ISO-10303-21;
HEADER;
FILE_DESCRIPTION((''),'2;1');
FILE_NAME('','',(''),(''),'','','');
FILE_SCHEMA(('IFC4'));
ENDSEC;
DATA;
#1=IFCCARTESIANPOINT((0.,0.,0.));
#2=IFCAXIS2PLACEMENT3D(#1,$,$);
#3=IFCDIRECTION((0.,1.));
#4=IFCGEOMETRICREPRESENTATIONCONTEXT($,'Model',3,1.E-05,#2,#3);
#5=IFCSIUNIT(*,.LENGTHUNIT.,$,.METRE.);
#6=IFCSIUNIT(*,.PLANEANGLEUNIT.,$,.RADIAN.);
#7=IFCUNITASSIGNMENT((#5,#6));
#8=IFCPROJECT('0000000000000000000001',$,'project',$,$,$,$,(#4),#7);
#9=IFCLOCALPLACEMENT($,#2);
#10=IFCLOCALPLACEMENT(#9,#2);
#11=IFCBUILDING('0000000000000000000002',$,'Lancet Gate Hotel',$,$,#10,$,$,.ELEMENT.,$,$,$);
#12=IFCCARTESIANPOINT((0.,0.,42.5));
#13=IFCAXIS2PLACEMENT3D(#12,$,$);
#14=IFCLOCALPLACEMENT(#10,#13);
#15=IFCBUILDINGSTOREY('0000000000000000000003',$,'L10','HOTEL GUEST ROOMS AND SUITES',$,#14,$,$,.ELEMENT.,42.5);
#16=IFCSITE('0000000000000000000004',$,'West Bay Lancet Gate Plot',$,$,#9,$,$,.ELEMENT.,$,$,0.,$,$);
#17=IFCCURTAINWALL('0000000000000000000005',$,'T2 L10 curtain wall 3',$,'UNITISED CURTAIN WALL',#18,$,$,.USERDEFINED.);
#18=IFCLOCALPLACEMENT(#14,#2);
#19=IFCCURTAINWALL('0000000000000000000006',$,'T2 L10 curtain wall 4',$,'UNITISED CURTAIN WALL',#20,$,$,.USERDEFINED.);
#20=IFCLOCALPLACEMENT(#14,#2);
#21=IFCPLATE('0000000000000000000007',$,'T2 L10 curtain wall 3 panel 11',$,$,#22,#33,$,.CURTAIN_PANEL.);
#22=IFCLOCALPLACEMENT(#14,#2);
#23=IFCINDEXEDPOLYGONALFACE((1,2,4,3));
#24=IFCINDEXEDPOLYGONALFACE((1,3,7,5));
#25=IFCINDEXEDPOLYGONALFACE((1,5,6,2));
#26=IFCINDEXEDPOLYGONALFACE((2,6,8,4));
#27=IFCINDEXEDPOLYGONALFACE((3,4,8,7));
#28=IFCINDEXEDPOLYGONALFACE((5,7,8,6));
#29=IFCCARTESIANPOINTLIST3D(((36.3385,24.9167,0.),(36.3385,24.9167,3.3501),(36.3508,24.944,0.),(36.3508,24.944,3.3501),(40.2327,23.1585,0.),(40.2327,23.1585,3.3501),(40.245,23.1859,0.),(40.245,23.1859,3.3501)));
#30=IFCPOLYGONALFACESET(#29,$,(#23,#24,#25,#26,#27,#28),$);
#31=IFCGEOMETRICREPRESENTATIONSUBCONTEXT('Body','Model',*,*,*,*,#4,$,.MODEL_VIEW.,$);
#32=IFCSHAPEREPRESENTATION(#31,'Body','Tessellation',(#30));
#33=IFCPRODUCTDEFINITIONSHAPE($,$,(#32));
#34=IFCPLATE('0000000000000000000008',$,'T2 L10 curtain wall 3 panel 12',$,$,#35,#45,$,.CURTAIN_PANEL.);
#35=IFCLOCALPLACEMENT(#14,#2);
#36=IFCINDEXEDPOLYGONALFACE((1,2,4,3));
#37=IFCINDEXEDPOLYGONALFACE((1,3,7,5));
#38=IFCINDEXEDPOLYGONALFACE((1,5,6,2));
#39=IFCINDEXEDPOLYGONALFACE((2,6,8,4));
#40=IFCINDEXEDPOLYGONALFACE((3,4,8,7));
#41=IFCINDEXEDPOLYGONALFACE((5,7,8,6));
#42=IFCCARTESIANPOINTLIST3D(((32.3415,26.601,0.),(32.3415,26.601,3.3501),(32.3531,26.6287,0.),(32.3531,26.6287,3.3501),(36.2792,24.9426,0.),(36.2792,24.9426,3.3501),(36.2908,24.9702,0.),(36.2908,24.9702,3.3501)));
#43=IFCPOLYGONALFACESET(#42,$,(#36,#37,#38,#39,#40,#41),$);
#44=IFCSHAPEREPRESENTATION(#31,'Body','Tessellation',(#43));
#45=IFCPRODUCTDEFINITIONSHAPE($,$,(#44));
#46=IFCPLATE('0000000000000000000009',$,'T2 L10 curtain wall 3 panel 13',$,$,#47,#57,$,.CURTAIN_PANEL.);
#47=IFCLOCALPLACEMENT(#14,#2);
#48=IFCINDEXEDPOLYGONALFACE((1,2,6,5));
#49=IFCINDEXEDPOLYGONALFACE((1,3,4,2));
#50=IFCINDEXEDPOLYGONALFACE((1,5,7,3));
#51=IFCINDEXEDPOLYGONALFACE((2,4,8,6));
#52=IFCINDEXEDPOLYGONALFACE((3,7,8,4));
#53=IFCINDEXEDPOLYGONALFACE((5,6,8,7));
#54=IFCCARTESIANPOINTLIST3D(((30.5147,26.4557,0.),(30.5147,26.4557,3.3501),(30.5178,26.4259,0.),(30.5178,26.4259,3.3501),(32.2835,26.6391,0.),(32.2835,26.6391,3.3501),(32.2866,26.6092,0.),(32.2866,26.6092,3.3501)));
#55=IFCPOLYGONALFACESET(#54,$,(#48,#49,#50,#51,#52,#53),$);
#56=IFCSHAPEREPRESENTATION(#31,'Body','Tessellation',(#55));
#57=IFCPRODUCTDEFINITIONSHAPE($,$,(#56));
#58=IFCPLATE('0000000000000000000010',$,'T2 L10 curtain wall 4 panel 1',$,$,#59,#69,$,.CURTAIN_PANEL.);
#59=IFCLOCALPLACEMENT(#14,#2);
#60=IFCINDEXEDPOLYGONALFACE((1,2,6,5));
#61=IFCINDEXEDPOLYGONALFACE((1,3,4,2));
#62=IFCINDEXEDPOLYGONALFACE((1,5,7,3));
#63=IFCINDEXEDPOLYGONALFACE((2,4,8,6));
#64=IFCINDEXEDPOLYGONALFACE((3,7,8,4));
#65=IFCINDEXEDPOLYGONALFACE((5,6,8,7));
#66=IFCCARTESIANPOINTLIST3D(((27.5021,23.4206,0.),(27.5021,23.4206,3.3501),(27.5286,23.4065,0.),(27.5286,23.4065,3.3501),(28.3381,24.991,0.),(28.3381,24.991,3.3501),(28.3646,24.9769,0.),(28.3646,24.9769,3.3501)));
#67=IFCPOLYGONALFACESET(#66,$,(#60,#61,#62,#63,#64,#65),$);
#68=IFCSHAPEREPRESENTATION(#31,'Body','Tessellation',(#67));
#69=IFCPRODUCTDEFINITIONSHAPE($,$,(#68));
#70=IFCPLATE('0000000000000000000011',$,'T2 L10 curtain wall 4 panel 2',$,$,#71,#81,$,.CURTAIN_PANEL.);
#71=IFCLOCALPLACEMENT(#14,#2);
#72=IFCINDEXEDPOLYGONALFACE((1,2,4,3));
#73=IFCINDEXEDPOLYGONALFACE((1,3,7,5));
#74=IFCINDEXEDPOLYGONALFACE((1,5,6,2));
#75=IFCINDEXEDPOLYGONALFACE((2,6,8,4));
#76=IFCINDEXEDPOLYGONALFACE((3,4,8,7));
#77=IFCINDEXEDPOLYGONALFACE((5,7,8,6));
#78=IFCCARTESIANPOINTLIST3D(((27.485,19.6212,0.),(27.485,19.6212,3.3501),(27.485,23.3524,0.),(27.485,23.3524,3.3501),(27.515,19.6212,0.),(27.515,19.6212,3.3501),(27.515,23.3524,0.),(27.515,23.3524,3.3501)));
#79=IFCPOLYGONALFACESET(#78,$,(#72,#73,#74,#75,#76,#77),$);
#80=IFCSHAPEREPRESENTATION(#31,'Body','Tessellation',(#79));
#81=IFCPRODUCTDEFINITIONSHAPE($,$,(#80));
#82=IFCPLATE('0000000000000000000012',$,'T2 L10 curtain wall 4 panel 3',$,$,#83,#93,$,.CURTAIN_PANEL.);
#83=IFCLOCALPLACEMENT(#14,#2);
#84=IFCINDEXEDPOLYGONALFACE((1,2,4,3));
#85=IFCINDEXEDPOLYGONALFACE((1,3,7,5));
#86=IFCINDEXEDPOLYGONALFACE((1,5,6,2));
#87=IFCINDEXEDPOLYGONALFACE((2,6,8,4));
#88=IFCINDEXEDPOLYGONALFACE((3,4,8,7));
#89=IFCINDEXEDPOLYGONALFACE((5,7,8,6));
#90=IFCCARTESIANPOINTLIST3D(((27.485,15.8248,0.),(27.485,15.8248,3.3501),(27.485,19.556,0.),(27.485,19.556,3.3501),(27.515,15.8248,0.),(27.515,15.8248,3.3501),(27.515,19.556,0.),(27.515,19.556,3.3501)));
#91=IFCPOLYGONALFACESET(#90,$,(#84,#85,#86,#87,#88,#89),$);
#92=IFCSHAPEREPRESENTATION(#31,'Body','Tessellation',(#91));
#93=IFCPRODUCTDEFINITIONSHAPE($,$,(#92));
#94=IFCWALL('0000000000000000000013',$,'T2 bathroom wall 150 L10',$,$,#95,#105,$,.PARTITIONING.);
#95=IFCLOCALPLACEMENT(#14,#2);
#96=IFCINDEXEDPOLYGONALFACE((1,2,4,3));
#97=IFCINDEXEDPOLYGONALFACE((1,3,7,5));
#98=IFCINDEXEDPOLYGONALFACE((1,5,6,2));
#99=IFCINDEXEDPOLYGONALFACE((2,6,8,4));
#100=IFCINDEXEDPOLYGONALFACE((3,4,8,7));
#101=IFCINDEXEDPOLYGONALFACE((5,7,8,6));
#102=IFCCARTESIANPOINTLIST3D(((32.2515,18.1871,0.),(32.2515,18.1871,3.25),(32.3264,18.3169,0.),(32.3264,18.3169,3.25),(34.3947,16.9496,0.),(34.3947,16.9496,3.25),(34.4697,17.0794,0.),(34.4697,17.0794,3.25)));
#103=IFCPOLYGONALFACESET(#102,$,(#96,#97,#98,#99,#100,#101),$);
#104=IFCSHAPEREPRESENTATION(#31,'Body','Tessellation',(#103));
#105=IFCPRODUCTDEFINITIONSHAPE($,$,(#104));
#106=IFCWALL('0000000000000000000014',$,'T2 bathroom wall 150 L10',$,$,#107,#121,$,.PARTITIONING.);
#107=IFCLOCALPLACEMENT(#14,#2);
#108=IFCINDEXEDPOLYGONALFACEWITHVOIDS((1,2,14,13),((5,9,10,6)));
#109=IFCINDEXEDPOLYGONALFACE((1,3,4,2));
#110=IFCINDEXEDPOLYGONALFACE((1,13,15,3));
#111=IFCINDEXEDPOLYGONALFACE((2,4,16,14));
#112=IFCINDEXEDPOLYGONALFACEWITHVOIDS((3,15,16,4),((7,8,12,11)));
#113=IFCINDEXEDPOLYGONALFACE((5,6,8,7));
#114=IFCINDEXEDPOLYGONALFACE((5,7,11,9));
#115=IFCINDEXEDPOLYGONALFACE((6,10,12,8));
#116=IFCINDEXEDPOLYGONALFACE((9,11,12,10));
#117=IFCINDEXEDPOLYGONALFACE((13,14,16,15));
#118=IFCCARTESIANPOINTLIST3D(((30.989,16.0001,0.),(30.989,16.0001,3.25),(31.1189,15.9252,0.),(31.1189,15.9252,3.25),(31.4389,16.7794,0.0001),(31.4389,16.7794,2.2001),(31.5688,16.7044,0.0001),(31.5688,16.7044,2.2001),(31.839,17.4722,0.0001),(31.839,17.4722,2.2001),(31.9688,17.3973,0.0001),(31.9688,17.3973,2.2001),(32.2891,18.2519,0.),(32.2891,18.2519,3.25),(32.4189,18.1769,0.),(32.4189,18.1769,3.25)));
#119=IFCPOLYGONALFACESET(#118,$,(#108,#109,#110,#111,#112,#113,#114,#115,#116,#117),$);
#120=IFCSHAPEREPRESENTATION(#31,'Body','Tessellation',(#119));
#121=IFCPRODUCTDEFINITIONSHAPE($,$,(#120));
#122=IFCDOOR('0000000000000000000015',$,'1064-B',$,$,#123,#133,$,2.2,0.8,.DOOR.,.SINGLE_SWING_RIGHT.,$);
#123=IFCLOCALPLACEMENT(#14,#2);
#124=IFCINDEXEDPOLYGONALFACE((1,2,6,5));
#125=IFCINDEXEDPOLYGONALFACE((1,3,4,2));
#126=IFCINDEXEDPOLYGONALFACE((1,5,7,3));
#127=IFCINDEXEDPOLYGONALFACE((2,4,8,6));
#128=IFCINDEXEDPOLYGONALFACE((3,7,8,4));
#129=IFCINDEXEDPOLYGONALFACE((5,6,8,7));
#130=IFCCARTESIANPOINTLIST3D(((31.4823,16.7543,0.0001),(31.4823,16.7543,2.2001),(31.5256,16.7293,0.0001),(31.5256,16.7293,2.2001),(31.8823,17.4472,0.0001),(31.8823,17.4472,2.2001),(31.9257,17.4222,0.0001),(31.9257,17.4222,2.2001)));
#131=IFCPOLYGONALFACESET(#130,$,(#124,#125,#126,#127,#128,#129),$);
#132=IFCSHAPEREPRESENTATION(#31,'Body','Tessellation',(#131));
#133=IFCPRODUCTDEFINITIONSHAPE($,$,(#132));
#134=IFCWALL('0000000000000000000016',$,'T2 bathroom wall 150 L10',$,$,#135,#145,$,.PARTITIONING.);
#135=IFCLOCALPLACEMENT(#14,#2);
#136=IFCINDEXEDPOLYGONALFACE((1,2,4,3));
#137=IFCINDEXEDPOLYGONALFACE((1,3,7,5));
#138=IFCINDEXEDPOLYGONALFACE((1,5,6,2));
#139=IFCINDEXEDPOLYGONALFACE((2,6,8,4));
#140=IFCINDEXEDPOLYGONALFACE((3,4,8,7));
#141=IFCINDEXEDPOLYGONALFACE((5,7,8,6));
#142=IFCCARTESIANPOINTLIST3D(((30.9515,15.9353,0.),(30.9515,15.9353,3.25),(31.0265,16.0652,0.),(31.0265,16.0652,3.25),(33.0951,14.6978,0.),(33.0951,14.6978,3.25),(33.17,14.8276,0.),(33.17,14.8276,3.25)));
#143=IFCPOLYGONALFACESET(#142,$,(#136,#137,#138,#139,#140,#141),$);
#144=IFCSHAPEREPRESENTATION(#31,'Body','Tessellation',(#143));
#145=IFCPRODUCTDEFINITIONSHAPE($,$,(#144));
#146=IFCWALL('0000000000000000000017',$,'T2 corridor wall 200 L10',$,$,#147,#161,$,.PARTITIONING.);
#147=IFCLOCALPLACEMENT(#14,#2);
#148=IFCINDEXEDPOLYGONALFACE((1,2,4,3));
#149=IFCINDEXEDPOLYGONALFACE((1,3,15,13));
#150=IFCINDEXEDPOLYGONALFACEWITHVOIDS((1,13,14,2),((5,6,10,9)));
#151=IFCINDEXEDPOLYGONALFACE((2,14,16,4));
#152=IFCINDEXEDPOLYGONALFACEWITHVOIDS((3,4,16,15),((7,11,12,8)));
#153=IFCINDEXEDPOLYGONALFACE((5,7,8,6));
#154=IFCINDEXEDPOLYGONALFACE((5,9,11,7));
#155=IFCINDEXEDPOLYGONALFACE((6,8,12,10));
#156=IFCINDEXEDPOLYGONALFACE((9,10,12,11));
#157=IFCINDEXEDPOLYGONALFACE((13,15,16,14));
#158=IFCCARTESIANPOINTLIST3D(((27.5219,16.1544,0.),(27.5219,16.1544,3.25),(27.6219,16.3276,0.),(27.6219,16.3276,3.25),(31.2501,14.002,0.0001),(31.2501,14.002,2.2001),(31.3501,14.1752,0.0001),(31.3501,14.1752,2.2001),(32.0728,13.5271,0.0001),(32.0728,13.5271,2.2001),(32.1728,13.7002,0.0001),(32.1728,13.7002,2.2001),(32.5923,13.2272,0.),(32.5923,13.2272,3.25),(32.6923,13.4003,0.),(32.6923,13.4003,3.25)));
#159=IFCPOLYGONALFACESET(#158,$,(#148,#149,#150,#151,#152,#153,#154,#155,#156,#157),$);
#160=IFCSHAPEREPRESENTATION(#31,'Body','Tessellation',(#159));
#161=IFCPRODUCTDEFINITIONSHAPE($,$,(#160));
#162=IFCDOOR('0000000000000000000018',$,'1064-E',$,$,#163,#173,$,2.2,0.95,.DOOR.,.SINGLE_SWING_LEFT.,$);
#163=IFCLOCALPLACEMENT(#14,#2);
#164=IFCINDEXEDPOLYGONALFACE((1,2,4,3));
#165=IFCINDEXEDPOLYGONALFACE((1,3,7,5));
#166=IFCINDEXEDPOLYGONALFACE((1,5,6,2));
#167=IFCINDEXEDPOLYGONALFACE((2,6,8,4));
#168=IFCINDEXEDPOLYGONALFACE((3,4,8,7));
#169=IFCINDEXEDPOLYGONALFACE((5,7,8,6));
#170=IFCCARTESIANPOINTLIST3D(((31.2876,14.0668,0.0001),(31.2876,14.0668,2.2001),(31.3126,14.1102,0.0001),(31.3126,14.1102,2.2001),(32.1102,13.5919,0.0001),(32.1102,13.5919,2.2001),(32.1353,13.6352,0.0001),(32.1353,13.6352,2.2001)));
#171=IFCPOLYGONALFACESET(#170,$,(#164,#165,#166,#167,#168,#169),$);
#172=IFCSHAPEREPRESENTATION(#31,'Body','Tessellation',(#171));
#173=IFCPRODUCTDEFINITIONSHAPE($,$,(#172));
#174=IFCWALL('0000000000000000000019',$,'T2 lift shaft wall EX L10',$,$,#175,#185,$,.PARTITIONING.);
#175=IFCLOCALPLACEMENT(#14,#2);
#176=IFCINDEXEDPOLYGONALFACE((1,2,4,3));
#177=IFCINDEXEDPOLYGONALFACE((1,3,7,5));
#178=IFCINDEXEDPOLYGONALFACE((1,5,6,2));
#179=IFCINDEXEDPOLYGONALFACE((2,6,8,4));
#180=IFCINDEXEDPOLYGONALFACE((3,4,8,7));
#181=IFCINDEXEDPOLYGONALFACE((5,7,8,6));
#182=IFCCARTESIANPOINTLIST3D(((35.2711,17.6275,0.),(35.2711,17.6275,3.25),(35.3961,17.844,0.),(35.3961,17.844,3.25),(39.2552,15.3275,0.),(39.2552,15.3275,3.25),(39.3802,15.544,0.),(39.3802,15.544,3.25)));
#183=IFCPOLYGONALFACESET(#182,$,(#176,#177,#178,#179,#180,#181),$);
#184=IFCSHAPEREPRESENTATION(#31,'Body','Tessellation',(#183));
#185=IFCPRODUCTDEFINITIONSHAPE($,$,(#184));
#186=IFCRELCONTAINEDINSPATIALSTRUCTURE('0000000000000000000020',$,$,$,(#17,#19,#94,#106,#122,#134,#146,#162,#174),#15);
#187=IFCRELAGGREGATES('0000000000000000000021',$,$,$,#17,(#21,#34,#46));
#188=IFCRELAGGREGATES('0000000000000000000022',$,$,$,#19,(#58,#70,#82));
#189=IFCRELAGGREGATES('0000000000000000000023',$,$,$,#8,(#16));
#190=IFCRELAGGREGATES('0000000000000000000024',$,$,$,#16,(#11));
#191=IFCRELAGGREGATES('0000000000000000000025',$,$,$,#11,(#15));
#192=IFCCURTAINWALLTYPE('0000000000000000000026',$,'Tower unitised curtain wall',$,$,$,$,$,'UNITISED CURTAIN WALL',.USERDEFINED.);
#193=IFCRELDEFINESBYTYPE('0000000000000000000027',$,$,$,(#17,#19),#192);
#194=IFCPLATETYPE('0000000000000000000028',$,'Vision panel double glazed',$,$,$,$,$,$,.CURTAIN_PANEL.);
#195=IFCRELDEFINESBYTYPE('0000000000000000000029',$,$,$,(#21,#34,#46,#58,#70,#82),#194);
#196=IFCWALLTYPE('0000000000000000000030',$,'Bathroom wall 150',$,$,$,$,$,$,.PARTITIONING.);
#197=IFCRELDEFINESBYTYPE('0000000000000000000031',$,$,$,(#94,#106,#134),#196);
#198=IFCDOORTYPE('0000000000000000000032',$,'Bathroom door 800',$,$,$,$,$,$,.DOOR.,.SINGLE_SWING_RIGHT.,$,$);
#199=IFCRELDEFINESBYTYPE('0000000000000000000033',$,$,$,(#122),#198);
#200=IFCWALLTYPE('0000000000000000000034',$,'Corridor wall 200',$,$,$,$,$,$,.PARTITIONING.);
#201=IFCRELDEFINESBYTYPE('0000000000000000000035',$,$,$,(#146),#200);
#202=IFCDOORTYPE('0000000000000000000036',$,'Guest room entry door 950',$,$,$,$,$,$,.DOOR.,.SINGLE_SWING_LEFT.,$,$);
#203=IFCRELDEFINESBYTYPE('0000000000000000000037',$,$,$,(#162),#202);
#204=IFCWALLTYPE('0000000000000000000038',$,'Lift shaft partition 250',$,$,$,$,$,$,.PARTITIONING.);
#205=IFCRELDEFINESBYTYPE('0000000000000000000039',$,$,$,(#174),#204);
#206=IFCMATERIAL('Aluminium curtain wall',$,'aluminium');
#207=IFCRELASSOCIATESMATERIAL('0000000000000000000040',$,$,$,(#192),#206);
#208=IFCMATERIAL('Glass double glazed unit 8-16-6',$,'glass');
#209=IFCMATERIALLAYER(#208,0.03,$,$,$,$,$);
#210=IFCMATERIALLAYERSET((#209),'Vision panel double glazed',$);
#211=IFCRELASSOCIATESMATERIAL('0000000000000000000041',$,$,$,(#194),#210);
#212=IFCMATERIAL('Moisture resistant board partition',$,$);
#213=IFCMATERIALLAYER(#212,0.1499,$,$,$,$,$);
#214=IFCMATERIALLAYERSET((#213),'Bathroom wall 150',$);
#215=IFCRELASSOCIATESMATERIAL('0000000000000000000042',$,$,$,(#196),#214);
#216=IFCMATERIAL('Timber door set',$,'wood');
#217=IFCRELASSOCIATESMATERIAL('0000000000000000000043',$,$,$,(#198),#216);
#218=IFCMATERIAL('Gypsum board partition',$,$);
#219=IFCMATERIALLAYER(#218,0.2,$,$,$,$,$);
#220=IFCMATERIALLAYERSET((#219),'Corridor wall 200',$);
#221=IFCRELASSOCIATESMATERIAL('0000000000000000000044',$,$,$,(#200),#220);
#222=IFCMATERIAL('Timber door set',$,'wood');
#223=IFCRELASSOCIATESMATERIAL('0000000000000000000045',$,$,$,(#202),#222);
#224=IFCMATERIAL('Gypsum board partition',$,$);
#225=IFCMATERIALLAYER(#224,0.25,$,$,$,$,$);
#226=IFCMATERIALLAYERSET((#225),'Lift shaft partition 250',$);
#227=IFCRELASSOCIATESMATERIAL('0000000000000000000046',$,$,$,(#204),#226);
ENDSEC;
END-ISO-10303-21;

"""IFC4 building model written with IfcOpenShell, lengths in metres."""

from ifc_helpers import new_model, si_unit, direction, frame, frame_2d, origin, origin_2d, place, context, subcontext, project, spatial, rectangle, extrude, material, layer, layer_set, type_object, element, fill, aggregate, save


model = new_model("IFC4")

# Units and contexts
model_context = context("Model", 3, precision=1e-05, world=origin(), true_north=direction((0.0, 1.0)))
body_context = subcontext(model_context, "Body", "Model", "MODEL_VIEW")
ifc_project = project(units=[si_unit("LENGTHUNIT", "METRE"), si_unit("PLANEANGLEUNIT", "RADIAN")], contexts=[model_context])

# Site, building, storey
site_placement = place(None, origin())
site = spatial("IfcSite", under=ifc_project, at=site_placement, Name="West Bay Lancet Gate Plot", CompositionType="ELEMENT", RefElevation=0.0)
building_placement = place(site_placement, origin())
building = spatial("IfcBuilding", under=site, at=building_placement, Name="Lancet Gate Hotel", CompositionType="ELEMENT")
storey_placement = place(building_placement, frame((0.0, 0.0, 42.5)))
storey = spatial("IfcBuildingStorey", under=building, at=storey_placement, Name="L10", Description="HOTEL GUEST ROOMS AND SUITES", CompositionType="ELEMENT", Elevation=42.5)

# Curtain walls
ifc_material_1 = material(Name="Aluminium curtain wall", Category="aluminium")
curtain_wall_type = type_object("IfcCurtainWallType", Name="Tower unitised curtain wall", ElementType="UNITISED CURTAIN WALL", PredefinedType="USERDEFINED", material=ifc_material_1)
curtain_wall_1_placement = place(storey_placement, origin())
curtain_wall_1 = element("IfcCurtainWall", 1, at=curtain_wall_1_placement, inside=storey, type_object=curtain_wall_type, Name="T2 L10 curtain wall 3", ObjectType="UNITISED CURTAIN WALL", PredefinedType="USERDEFINED")
curtain_wall_2_placement = place(storey_placement, origin())
curtain_wall_2 = element("IfcCurtainWall", 2, at=curtain_wall_2_placement, inside=storey, type_object=curtain_wall_type, Name="T2 L10 curtain wall 4", ObjectType="UNITISED CURTAIN WALL", PredefinedType="USERDEFINED")

# Plates
ifc_material_2 = material(Name="Glass double glazed unit 8-16-6", Category="glass")
ifc_layer_1 = layer(ifc_material_2, 0.03)
ifc_layer_set_1 = layer_set([ifc_layer_1], Name="Vision panel double glazed")
plate_type = type_object("IfcPlateType", Name="Vision panel double glazed", PredefinedType="CURTAIN_PANEL", material=ifc_layer_set_1)
plate_1_placement = place(storey_placement, frame((38.2917, 24.0513, 0.0), z_axis=(0.0, 0.0, 1.0), x_axis=(-0.911416, 0.411487, 0.0)))
plate_1 = element("IfcPlate", 3, at=plate_1_placement, type_object=plate_type, Name="T2 L10 curtain wall 3 panel 11", PredefinedType="CURTAIN_PANEL", context=body_context, shape_type="SweptSolid", body=[
    extrude(rectangle(XDim=4.2727, YDim=0.03, at=origin_2d()), origin(), (0.0, 0.0, 1.0), 3.3501),
])
plate_2_placement = place(storey_placement, frame((34.3162, 25.7856, 0.0), z_axis=(0.0, 0.0, 1.0), x_axis=(-0.921593, 0.388157, 0.0)))
plate_2 = element("IfcPlate", 4, at=plate_2_placement, type_object=plate_type, Name="T2 L10 curtain wall 3 panel 12", PredefinedType="CURTAIN_PANEL", context=body_context, shape_type="SweptSolid", body=[
    extrude(rectangle(XDim=4.2727, YDim=0.03, at=origin_2d()), origin(), (0.0, 0.0, 1.0), 3.3501),
])
plate_3_placement = place(storey_placement, frame((31.4006, 26.5325, 0.0), z_axis=(0.0, 0.0, 1.0), x_axis=(-0.994672, -0.103088, 0.0)))
plate_3 = element("IfcPlate", 5, at=plate_3_placement, type_object=plate_type, Name="T2 L10 curtain wall 3 panel 13", PredefinedType="CURTAIN_PANEL", context=body_context, shape_type="SweptSolid", body=[
    extrude(rectangle(XDim=1.7783, YDim=0.03, at=origin_2d()), origin(), (0.0, 0.0, 1.0), 3.3501),
])
aggregate(curtain_wall_1, [plate_1, plate_2, plate_3])
plate_4_placement = place(storey_placement, frame((27.9333, 24.1987, 0.0), z_axis=(0.0, 0.0, 1.0), x_axis=(-0.469898, -0.882721, 0.0)))
plate_4 = element("IfcPlate", 6, at=plate_4_placement, type_object=plate_type, Name="T2 L10 curtain wall 4 panel 1", PredefinedType="CURTAIN_PANEL", context=body_context, shape_type="SweptSolid", body=[
    extrude(rectangle(XDim=1.7791, YDim=0.03, at=origin_2d()), origin(), (0.0, 0.0, 1.0), 3.3501),
])
plate_5_placement = place(storey_placement, frame((27.5, 21.4868, 0.0), z_axis=(0.0, 0.0, 1.0), x_axis=(0.0, -1.0, 0.0)))
plate_5 = element("IfcPlate", 7, at=plate_5_placement, type_object=plate_type, Name="T2 L10 curtain wall 4 panel 2", PredefinedType="CURTAIN_PANEL", context=body_context, shape_type="SweptSolid", body=[
    extrude(rectangle(XDim=3.7312, YDim=0.03, at=origin_2d()), origin(), (0.0, 0.0, 1.0), 3.3501),
])
plate_6_placement = place(storey_placement, frame((27.5, 17.6904, 0.0), z_axis=(0.0, 0.0, 1.0), x_axis=(0.0, -1.0, 0.0)))
plate_6 = element("IfcPlate", 8, at=plate_6_placement, type_object=plate_type, Name="T2 L10 curtain wall 4 panel 3", PredefinedType="CURTAIN_PANEL", context=body_context, shape_type="SweptSolid", body=[
    extrude(rectangle(XDim=3.7312, YDim=0.03, at=origin_2d()), origin(), (0.0, 0.0, 1.0), 3.3501),
])
aggregate(curtain_wall_2, [plate_4, plate_5, plate_6])

# Wall
ifc_material_3 = material(Name="Moisture resistant board partition")
ifc_layer_2 = layer(ifc_material_3, 0.1499)
ifc_layer_set_2 = layer_set([ifc_layer_2], Name="Bathroom wall 150")
wall_type_1 = type_object("IfcWallType", Name="Bathroom wall 150", PredefinedType="PARTITIONING", material=ifc_layer_set_2)
wall_1_placement = place(storey_placement, frame((32.2891, 18.252, 0.0), z_axis=(0.0, 0.0, 1.0), x_axis=(0.866007, -0.500033, 0.0)))
element("IfcWall", 9, at=wall_1_placement, inside=storey, type_object=wall_type_1, Name="T2 bathroom wall 150 L10", PredefinedType="PARTITIONING", context=body_context, shape_type="SweptSolid", body=[
    extrude(rectangle(XDim=2.4749, YDim=0.1499, at=frame_2d((1.2373, 0.0))), origin(), (0.0, 0.0, 1.0), 3.25),
])

# Wall, opening, door
wall_2_placement = place(storey_placement, frame((31.054, 15.9626, 0.0), z_axis=(0.0, 0.0, 1.0), x_axis=(0.500007, 0.866021, 0.0)))
wall_2 = element("IfcWall", 10, at=wall_2_placement, inside=storey, type_object=wall_type_1, Name="T2 bathroom wall 150 L10", PredefinedType="PARTITIONING", context=body_context, shape_type="SweptSolid", body=[
    extrude(rectangle(XDim=2.6001, YDim=0.1499, at=frame_2d((1.3, 0.0))), origin(), (0.0, 0.0, 1.0), 3.25),
])
opening_1_placement = place(wall_2_placement, frame((0.8999, 0.0, 0.0)))
opening_1 = element("IfcOpeningElement", 11, at=opening_1_placement, cuts=wall_2, PredefinedType="OPENING", context=body_context, shape_type="SweptSolid", body=[
    extrude(rectangle(XDim=0.8, YDim=2.2, at=frame_2d((0.3999, 1.1001))), frame((0.0, 0.085, 0.0), z_axis=(0.0, -1.0, 0.0), x_axis=(1.0, 0.0, 0.0)), (0.0, 0.0, 1.0), 0.1699),
])
ifc_material_4 = material(Name="Timber door set", Category="wood")
door_type_1 = type_object("IfcDoorType", Name="Bathroom door 800", OperationType="SINGLE_SWING_RIGHT", PredefinedType="DOOR", material=ifc_material_4)
door_1_placement = place(opening_1_placement, origin())
door_1 = element("IfcDoor", 12, at=door_1_placement, inside=storey, type_object=door_type_1, Name="1064-B", OperationType="SINGLE_SWING_RIGHT", OverallHeight=2.2, OverallWidth=0.8, PredefinedType="DOOR", context=body_context, shape_type="SweptSolid", body=[
    extrude(rectangle(XDim=0.8, YDim=2.2, at=frame_2d((0.3999, 1.1001))), frame((0.0, 0.0249, 0.0), z_axis=(0.0, -1.0, 0.0), x_axis=(1.0, 0.0, 0.0)), (0.0, 0.0, 1.0), 0.05),
])
fill(opening_1, door_1)

# Wall
wall_3_placement = place(storey_placement, frame((30.989, 16.0002, 0.0), z_axis=(0.0, 0.0, 1.0), x_axis=(0.866031, -0.49999, 0.0)))
element("IfcWall", 13, at=wall_3_placement, inside=storey, type_object=wall_type_1, Name="T2 bathroom wall 150 L10", PredefinedType="PARTITIONING", context=body_context, shape_type="SweptSolid", body=[
    extrude(rectangle(XDim=2.4751, YDim=0.1499, at=frame_2d((1.2375, 0.0))), origin(), (0.0, 0.0, 1.0), 3.25),
])

# Wall, opening, door
ifc_material_5 = material(Name="Gypsum board partition")
ifc_layer_3 = layer(ifc_material_5, 0.2)
ifc_layer_set_3 = layer_set([ifc_layer_3], Name="Corridor wall 200")
wall_type_2 = type_object("IfcWallType", Name="Corridor wall 200", PredefinedType="PARTITIONING", material=ifc_layer_set_3)
wall_4_placement = place(storey_placement, frame((27.572, 16.241, 0.0), z_axis=(0.0, 0.0, 1.0), x_axis=(0.866033, -0.499987, 0.0)))
wall_4 = element("IfcWall", 14, at=wall_4_placement, inside=storey, type_object=wall_type_2, Name="T2 corridor wall 200 L10", PredefinedType="PARTITIONING", context=body_context, shape_type="SweptSolid", body=[
    extrude(rectangle(XDim=5.8547, YDim=0.2, at=frame_2d((2.9272, 0.0))), origin(), (0.0, 0.0, 1.0), 3.25),
])
opening_2_placement = place(wall_4_placement, frame((4.3047, 0.0, 0.0)))
opening_2 = element("IfcOpeningElement", 15, at=opening_2_placement, cuts=wall_4, PredefinedType="OPENING", context=body_context, shape_type="SweptSolid", body=[
    extrude(rectangle(XDim=0.95, YDim=2.2, at=frame_2d((0.4751, 1.1001))), frame((0.0, 0.1099, 0.0), z_axis=(0.0, -1.0, 0.0), x_axis=(1.0, 0.0, 0.0)), (0.0, 0.0, 1.0), 0.22),
])
ifc_material_6 = material(Name="Timber door set", Category="wood")
door_type_2 = type_object("IfcDoorType", Name="Guest room entry door 950", OperationType="SINGLE_SWING_LEFT", PredefinedType="DOOR", material=ifc_material_6)
door_2_placement = place(opening_2_placement, origin())
door_2 = element("IfcDoor", 16, at=door_2_placement, inside=storey, type_object=door_type_2, Name="1064-E", OperationType="SINGLE_SWING_LEFT", OverallHeight=2.2, OverallWidth=0.95, PredefinedType="DOOR", context=body_context, shape_type="SweptSolid", body=[
    extrude(rectangle(XDim=0.95, YDim=2.2, at=frame_2d((0.4751, 1.1001))), frame((0.0, 0.0249, 0.0), z_axis=(0.0, -1.0, 0.0), x_axis=(1.0, 0.0, 0.0)), (0.0, 0.0, 1.0), 0.05),
])
fill(opening_2, door_2)

# Wall
ifc_material_7 = material(Name="Gypsum board partition")
ifc_layer_4 = layer(ifc_material_7, 0.25)
ifc_layer_set_4 = layer_set([ifc_layer_4], Name="Lift shaft partition 250")
wall_type_3 = type_object("IfcWallType", Name="Lift shaft partition 250", PredefinedType="PARTITIONING", material=ifc_layer_set_4)
wall_5_placement = place(storey_placement, frame((35.3335, 17.7358, 0.0), z_axis=(0.0, 0.0, 1.0), x_axis=(0.866043, -0.499969, 0.0)))
element("IfcWall", 17, at=wall_5_placement, inside=storey, type_object=wall_type_3, Name="T2 lift shaft wall EX L10", PredefinedType="PARTITIONING", context=body_context, shape_type="SweptSolid", body=[
    extrude(rectangle(XDim=4.6003, YDim=0.25, at=frame_2d((2.3003, 0.0))), origin(), (0.0, 0.0, 1.0), 3.25),
])

save(model, "model.ifc")
